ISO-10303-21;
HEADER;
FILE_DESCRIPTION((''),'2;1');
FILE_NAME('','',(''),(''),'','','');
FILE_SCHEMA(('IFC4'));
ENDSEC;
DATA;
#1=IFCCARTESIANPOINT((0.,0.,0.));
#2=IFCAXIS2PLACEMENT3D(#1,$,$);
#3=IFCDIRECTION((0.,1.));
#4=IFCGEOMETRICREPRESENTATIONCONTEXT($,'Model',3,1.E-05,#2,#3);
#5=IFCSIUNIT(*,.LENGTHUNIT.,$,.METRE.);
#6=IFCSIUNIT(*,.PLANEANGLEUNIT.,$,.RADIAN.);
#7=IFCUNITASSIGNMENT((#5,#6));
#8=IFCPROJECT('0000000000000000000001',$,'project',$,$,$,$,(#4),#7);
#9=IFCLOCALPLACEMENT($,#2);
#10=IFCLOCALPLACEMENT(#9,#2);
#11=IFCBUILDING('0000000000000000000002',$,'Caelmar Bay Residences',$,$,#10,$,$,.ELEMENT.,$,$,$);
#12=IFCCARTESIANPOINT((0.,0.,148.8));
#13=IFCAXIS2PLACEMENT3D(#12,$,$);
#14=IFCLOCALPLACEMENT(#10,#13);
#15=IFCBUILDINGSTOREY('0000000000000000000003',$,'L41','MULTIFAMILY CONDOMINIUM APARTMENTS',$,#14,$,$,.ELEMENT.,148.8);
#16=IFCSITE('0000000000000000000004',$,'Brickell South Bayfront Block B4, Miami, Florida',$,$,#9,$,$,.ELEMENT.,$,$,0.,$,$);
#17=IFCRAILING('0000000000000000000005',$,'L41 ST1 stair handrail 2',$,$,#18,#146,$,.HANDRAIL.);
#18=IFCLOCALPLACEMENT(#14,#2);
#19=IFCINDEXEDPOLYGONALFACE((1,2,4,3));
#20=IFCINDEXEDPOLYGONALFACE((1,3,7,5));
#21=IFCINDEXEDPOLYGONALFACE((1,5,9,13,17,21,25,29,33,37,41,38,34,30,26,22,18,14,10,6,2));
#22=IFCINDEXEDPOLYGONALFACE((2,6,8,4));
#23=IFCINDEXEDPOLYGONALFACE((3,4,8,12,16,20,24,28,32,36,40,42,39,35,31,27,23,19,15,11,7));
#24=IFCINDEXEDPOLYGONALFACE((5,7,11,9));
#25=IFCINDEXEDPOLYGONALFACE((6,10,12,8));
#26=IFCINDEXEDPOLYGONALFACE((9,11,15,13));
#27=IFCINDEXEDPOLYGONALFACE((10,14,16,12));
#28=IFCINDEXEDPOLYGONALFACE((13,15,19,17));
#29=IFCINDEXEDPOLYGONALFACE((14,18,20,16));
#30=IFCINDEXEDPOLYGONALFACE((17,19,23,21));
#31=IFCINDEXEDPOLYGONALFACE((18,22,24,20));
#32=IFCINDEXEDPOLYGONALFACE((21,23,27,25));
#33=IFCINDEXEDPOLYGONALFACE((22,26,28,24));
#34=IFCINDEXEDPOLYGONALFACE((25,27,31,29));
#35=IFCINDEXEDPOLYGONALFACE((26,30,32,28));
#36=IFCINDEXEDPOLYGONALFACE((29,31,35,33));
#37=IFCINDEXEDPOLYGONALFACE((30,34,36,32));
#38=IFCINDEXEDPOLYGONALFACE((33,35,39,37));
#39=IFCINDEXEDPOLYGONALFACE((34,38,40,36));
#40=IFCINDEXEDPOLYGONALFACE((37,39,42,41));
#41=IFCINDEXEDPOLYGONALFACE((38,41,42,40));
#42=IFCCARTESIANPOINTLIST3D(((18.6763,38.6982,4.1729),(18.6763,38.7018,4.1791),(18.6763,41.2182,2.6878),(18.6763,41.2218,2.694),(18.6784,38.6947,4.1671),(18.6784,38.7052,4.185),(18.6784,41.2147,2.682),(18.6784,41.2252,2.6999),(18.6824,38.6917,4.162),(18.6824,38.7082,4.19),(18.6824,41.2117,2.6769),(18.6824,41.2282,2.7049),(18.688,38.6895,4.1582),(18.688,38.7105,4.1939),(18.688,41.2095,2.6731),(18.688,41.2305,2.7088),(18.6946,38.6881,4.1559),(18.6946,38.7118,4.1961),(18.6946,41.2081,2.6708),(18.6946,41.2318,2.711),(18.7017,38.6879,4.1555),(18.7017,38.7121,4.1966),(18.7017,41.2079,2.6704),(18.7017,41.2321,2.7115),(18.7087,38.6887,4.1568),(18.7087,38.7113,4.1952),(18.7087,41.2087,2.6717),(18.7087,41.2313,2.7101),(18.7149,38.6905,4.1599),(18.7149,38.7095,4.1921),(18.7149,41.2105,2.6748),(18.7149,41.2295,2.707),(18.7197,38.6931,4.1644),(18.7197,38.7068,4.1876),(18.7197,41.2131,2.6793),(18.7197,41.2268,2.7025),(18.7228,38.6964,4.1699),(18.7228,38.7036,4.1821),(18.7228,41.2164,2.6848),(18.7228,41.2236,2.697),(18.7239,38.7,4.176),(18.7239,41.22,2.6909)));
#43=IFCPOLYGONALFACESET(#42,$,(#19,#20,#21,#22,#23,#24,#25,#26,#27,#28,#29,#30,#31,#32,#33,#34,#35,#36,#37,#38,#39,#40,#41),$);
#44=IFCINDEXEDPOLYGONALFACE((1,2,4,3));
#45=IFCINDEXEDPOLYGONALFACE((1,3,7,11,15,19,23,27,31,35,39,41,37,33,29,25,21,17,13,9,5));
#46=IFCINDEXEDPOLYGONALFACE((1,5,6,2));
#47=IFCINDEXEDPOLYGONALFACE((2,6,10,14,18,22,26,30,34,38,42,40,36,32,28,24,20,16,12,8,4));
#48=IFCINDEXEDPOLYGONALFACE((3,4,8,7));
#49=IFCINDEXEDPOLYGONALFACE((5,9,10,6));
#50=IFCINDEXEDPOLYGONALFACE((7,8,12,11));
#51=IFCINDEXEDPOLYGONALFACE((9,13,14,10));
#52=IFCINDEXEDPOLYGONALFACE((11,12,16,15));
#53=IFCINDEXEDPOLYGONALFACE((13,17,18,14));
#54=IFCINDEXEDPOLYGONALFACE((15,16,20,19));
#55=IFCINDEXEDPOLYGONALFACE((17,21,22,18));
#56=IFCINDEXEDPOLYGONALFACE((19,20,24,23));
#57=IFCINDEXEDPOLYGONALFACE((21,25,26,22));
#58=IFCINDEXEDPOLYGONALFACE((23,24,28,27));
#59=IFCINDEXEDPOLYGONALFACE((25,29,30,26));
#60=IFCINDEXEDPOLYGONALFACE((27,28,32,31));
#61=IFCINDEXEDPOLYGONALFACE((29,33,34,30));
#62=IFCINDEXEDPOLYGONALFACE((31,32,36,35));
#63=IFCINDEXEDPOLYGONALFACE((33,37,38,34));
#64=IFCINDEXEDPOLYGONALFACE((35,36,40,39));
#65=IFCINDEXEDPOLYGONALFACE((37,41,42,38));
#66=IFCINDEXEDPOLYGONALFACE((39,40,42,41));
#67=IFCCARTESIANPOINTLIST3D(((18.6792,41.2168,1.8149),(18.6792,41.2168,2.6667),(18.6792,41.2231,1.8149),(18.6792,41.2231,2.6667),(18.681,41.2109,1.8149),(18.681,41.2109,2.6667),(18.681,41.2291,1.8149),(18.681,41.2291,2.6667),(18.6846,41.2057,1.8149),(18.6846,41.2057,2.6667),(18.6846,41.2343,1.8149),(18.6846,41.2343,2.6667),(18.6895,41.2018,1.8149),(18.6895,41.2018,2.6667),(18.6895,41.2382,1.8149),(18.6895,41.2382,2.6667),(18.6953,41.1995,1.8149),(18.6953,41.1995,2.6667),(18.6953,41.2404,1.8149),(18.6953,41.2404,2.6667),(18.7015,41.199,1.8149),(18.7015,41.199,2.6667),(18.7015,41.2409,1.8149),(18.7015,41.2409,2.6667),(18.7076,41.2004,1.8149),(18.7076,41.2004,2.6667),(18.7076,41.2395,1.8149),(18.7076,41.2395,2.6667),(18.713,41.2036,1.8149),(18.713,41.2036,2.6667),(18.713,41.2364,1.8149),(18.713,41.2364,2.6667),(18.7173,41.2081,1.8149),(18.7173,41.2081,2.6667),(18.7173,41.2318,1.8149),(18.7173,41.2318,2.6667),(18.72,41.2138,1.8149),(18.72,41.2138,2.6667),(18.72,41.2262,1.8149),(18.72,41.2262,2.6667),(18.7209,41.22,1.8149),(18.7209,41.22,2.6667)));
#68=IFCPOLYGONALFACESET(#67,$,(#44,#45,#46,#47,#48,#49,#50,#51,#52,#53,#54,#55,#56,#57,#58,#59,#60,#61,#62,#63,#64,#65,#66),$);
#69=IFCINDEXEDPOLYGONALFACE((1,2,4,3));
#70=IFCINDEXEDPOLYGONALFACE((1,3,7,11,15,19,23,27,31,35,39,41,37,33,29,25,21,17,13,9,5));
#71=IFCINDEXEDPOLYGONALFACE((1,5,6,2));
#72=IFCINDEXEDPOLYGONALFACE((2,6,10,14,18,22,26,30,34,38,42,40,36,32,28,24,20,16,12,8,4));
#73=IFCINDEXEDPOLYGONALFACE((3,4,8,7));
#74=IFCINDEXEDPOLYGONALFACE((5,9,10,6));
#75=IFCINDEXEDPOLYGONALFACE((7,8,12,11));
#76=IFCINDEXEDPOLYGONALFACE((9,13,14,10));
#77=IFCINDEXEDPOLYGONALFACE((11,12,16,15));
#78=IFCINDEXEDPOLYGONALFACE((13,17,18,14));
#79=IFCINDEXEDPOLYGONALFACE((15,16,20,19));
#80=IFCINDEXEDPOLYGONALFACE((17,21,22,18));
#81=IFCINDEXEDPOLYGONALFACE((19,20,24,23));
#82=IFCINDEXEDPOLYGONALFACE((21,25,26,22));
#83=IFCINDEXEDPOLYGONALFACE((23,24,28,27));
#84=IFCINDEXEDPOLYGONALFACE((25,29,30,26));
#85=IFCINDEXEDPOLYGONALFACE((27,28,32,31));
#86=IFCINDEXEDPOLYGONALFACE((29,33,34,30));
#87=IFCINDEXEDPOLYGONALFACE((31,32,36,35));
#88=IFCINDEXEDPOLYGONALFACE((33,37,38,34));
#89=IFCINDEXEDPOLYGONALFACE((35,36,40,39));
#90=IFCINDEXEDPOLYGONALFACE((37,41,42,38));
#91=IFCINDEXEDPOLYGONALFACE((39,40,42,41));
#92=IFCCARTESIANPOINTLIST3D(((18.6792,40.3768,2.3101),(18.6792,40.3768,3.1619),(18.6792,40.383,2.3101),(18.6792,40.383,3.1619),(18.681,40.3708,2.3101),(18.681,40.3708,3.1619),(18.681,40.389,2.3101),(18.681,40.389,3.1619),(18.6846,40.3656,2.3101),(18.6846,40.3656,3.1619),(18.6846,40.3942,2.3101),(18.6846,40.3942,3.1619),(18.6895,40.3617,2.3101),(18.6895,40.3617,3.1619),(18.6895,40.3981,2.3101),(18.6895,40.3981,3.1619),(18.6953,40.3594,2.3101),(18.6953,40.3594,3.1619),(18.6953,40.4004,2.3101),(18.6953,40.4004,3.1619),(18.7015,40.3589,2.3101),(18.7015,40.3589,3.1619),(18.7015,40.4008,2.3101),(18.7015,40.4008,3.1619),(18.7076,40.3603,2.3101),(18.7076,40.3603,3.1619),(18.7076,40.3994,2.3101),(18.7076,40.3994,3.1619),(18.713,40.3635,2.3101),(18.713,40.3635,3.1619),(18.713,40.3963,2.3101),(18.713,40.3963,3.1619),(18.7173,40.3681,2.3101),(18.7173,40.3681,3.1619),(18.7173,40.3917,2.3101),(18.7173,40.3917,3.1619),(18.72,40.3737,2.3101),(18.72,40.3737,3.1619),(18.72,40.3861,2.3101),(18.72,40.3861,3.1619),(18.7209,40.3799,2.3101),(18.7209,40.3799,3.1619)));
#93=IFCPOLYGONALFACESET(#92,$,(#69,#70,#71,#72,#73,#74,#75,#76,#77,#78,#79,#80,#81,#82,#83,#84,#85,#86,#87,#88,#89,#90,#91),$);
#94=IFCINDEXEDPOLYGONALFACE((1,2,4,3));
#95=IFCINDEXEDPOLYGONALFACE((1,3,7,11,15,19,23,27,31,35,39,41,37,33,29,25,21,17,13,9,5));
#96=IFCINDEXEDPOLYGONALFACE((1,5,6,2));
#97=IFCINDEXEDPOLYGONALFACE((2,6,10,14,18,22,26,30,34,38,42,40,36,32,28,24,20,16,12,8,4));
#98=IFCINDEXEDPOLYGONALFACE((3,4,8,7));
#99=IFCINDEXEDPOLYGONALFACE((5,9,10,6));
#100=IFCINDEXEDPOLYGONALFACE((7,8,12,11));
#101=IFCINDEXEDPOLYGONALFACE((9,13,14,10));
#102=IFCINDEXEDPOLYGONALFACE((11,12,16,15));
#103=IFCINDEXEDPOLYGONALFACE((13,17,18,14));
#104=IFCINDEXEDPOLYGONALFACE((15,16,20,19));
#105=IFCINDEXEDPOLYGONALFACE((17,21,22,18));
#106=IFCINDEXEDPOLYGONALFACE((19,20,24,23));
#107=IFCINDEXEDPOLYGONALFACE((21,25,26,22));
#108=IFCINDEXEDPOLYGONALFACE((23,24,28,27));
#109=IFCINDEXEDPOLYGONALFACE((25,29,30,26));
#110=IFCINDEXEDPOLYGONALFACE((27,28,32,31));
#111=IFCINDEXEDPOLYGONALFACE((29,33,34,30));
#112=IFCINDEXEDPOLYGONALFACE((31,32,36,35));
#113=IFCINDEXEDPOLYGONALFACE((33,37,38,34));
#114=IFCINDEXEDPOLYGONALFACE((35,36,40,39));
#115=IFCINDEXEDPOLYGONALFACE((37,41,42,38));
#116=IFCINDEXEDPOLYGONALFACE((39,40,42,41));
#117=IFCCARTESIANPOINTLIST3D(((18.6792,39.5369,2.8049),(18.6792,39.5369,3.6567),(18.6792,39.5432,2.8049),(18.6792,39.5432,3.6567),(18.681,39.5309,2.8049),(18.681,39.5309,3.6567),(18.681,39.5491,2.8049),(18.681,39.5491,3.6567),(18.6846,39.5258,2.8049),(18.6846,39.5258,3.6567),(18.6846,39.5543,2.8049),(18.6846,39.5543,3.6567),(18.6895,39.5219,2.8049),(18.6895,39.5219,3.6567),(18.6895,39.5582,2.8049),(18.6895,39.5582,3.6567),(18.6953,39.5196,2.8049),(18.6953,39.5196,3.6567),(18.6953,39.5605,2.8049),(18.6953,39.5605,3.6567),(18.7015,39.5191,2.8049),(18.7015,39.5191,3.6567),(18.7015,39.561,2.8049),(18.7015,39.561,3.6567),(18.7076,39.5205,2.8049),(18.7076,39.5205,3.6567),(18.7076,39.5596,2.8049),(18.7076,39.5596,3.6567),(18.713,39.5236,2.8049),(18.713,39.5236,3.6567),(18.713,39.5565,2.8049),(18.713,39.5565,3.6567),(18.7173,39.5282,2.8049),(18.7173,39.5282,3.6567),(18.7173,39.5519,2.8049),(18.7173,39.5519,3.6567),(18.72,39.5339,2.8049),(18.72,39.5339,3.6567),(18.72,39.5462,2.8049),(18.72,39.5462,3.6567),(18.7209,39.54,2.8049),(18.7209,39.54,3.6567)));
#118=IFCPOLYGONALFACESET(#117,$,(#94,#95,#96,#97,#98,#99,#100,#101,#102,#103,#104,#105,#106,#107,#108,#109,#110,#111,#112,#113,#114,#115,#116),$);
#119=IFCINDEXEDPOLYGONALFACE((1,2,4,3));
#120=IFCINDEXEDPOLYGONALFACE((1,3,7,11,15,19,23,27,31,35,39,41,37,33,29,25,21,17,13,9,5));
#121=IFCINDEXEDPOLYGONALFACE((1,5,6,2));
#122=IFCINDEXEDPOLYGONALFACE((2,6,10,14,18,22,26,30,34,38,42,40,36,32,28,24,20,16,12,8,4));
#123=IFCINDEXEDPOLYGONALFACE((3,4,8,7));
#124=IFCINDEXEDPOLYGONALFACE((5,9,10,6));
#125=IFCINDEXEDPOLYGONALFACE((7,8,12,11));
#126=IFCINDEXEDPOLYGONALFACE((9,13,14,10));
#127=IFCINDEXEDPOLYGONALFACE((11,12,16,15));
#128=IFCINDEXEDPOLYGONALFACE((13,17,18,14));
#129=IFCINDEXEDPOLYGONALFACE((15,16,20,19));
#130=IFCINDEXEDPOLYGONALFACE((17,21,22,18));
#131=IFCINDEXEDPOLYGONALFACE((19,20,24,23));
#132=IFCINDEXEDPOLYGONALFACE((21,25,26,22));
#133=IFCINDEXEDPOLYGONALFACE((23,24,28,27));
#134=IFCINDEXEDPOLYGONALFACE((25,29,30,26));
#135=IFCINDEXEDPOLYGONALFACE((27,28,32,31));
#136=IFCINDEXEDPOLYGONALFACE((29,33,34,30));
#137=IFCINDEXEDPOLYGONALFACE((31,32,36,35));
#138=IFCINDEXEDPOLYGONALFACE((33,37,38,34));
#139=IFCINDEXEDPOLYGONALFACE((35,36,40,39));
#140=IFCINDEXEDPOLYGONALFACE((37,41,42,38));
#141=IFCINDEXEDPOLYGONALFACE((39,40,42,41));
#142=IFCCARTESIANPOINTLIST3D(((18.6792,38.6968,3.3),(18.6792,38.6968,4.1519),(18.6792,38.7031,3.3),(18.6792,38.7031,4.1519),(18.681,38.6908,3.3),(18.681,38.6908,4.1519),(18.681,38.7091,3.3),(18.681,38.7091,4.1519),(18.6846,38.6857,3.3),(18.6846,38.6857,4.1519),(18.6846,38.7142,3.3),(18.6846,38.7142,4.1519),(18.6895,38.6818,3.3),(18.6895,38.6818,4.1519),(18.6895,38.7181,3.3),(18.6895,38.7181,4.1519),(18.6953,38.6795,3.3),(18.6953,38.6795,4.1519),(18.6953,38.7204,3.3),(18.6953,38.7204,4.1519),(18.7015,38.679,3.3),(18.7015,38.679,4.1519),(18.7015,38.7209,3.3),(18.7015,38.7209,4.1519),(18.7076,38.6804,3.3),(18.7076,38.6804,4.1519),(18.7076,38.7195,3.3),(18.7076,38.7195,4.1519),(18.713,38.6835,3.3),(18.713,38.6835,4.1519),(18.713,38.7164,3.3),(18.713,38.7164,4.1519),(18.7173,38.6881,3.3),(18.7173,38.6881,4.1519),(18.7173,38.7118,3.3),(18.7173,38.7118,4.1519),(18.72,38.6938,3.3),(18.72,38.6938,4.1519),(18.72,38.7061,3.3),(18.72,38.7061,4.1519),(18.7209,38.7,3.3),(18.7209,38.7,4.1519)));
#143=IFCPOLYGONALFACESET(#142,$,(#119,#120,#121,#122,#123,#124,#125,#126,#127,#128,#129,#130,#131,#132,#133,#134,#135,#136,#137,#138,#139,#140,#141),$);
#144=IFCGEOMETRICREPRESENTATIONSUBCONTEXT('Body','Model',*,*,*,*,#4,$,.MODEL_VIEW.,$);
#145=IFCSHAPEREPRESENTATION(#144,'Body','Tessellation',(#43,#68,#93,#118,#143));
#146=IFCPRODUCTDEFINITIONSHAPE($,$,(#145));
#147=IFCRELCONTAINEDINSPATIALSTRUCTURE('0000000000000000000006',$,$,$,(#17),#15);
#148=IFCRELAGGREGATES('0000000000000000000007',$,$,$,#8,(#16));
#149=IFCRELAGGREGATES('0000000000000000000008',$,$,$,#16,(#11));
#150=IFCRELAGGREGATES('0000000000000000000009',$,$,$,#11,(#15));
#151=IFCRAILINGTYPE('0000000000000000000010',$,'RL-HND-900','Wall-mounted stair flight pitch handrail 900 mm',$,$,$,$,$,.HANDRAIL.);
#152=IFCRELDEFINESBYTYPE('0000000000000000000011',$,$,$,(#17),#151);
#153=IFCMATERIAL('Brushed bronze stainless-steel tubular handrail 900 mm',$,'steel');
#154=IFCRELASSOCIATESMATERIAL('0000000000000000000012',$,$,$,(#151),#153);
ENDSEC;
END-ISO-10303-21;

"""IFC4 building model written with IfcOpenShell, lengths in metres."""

from ifc_helpers import new_model, si_unit, direction, frame, origin, origin_2d, place, context, subcontext, project, spatial, circle, extrude, material, type_object, element, save


model = new_model("IFC4")

# Units and contexts
model_context = context("Model", 3, precision=1e-05, world=origin(), true_north=direction((0.0, 1.0)))
body_context = subcontext(model_context, "Body", "Model", "MODEL_VIEW")
ifc_project = project(units=[si_unit("LENGTHUNIT", "METRE"), si_unit("PLANEANGLEUNIT", "RADIAN")], contexts=[model_context])

# Site, building, storey
site_placement = place(None, origin())
site = spatial("IfcSite", under=ifc_project, at=site_placement, Name="Brickell South Bayfront Block B4, Miami, Florida", CompositionType="ELEMENT", RefElevation=0.0)
building_placement = place(site_placement, origin())
building = spatial("IfcBuilding", under=site, at=building_placement, Name="Caelmar Bay Residences", CompositionType="ELEMENT")
storey_placement = place(building_placement, frame((0.0, 0.0, 148.8)))
storey = spatial("IfcBuildingStorey", under=building, at=storey_placement, Name="L41", Description="MULTIFAMILY CONDOMINIUM APARTMENTS", CompositionType="ELEMENT", Elevation=148.8)

# Railing
ifc_material_1 = material(Name="Brushed bronze stainless-steel tubular handrail 900 mm", Category="steel")
railing_type_1 = type_object("IfcRailingType", Name="RL-HND-900", Description="Wall-mounted stair flight pitch handrail 900 mm", PredefinedType="HANDRAIL", material=ifc_material_1)
railing_1_placement = place(storey_placement, frame((18.7, 41.22, 1.8149)))
element("IfcRailing", 1, at=railing_1_placement, inside=storey, type_object=railing_type_1, Name="L41 ST1 stair handrail 2", PredefinedType="HANDRAIL", context=body_context, shape_type="SweptSolid", body=[
    extrude(circle(Radius=0.0239, at=origin_2d()), frame((0.0, 0.0, 0.876), z_axis=(0.0, -0.861524, 0.507717), x_axis=(1.0, 0.0, 0.0)), (0.0, 0.0, 1.0), 2.925),
    extrude(circle(Radius=0.021, at=origin_2d()), origin(), (0.0, 0.0, 1.0), 0.8518),
    extrude(circle(Radius=0.021, at=origin_2d()), frame((0.0, -0.8401, 0.4951)), (0.0, 0.0, 1.0), 0.8518),
    extrude(circle(Radius=0.021, at=origin_2d()), frame((0.0, -1.6799, 0.99)), (0.0, 0.0, 1.0), 0.8518),
    extrude(circle(Radius=0.021, at=origin_2d()), frame((0.0, -2.52, 1.4851)), (0.0, 0.0, 1.0), 0.8518),
])

save(model, "model.ifc")
